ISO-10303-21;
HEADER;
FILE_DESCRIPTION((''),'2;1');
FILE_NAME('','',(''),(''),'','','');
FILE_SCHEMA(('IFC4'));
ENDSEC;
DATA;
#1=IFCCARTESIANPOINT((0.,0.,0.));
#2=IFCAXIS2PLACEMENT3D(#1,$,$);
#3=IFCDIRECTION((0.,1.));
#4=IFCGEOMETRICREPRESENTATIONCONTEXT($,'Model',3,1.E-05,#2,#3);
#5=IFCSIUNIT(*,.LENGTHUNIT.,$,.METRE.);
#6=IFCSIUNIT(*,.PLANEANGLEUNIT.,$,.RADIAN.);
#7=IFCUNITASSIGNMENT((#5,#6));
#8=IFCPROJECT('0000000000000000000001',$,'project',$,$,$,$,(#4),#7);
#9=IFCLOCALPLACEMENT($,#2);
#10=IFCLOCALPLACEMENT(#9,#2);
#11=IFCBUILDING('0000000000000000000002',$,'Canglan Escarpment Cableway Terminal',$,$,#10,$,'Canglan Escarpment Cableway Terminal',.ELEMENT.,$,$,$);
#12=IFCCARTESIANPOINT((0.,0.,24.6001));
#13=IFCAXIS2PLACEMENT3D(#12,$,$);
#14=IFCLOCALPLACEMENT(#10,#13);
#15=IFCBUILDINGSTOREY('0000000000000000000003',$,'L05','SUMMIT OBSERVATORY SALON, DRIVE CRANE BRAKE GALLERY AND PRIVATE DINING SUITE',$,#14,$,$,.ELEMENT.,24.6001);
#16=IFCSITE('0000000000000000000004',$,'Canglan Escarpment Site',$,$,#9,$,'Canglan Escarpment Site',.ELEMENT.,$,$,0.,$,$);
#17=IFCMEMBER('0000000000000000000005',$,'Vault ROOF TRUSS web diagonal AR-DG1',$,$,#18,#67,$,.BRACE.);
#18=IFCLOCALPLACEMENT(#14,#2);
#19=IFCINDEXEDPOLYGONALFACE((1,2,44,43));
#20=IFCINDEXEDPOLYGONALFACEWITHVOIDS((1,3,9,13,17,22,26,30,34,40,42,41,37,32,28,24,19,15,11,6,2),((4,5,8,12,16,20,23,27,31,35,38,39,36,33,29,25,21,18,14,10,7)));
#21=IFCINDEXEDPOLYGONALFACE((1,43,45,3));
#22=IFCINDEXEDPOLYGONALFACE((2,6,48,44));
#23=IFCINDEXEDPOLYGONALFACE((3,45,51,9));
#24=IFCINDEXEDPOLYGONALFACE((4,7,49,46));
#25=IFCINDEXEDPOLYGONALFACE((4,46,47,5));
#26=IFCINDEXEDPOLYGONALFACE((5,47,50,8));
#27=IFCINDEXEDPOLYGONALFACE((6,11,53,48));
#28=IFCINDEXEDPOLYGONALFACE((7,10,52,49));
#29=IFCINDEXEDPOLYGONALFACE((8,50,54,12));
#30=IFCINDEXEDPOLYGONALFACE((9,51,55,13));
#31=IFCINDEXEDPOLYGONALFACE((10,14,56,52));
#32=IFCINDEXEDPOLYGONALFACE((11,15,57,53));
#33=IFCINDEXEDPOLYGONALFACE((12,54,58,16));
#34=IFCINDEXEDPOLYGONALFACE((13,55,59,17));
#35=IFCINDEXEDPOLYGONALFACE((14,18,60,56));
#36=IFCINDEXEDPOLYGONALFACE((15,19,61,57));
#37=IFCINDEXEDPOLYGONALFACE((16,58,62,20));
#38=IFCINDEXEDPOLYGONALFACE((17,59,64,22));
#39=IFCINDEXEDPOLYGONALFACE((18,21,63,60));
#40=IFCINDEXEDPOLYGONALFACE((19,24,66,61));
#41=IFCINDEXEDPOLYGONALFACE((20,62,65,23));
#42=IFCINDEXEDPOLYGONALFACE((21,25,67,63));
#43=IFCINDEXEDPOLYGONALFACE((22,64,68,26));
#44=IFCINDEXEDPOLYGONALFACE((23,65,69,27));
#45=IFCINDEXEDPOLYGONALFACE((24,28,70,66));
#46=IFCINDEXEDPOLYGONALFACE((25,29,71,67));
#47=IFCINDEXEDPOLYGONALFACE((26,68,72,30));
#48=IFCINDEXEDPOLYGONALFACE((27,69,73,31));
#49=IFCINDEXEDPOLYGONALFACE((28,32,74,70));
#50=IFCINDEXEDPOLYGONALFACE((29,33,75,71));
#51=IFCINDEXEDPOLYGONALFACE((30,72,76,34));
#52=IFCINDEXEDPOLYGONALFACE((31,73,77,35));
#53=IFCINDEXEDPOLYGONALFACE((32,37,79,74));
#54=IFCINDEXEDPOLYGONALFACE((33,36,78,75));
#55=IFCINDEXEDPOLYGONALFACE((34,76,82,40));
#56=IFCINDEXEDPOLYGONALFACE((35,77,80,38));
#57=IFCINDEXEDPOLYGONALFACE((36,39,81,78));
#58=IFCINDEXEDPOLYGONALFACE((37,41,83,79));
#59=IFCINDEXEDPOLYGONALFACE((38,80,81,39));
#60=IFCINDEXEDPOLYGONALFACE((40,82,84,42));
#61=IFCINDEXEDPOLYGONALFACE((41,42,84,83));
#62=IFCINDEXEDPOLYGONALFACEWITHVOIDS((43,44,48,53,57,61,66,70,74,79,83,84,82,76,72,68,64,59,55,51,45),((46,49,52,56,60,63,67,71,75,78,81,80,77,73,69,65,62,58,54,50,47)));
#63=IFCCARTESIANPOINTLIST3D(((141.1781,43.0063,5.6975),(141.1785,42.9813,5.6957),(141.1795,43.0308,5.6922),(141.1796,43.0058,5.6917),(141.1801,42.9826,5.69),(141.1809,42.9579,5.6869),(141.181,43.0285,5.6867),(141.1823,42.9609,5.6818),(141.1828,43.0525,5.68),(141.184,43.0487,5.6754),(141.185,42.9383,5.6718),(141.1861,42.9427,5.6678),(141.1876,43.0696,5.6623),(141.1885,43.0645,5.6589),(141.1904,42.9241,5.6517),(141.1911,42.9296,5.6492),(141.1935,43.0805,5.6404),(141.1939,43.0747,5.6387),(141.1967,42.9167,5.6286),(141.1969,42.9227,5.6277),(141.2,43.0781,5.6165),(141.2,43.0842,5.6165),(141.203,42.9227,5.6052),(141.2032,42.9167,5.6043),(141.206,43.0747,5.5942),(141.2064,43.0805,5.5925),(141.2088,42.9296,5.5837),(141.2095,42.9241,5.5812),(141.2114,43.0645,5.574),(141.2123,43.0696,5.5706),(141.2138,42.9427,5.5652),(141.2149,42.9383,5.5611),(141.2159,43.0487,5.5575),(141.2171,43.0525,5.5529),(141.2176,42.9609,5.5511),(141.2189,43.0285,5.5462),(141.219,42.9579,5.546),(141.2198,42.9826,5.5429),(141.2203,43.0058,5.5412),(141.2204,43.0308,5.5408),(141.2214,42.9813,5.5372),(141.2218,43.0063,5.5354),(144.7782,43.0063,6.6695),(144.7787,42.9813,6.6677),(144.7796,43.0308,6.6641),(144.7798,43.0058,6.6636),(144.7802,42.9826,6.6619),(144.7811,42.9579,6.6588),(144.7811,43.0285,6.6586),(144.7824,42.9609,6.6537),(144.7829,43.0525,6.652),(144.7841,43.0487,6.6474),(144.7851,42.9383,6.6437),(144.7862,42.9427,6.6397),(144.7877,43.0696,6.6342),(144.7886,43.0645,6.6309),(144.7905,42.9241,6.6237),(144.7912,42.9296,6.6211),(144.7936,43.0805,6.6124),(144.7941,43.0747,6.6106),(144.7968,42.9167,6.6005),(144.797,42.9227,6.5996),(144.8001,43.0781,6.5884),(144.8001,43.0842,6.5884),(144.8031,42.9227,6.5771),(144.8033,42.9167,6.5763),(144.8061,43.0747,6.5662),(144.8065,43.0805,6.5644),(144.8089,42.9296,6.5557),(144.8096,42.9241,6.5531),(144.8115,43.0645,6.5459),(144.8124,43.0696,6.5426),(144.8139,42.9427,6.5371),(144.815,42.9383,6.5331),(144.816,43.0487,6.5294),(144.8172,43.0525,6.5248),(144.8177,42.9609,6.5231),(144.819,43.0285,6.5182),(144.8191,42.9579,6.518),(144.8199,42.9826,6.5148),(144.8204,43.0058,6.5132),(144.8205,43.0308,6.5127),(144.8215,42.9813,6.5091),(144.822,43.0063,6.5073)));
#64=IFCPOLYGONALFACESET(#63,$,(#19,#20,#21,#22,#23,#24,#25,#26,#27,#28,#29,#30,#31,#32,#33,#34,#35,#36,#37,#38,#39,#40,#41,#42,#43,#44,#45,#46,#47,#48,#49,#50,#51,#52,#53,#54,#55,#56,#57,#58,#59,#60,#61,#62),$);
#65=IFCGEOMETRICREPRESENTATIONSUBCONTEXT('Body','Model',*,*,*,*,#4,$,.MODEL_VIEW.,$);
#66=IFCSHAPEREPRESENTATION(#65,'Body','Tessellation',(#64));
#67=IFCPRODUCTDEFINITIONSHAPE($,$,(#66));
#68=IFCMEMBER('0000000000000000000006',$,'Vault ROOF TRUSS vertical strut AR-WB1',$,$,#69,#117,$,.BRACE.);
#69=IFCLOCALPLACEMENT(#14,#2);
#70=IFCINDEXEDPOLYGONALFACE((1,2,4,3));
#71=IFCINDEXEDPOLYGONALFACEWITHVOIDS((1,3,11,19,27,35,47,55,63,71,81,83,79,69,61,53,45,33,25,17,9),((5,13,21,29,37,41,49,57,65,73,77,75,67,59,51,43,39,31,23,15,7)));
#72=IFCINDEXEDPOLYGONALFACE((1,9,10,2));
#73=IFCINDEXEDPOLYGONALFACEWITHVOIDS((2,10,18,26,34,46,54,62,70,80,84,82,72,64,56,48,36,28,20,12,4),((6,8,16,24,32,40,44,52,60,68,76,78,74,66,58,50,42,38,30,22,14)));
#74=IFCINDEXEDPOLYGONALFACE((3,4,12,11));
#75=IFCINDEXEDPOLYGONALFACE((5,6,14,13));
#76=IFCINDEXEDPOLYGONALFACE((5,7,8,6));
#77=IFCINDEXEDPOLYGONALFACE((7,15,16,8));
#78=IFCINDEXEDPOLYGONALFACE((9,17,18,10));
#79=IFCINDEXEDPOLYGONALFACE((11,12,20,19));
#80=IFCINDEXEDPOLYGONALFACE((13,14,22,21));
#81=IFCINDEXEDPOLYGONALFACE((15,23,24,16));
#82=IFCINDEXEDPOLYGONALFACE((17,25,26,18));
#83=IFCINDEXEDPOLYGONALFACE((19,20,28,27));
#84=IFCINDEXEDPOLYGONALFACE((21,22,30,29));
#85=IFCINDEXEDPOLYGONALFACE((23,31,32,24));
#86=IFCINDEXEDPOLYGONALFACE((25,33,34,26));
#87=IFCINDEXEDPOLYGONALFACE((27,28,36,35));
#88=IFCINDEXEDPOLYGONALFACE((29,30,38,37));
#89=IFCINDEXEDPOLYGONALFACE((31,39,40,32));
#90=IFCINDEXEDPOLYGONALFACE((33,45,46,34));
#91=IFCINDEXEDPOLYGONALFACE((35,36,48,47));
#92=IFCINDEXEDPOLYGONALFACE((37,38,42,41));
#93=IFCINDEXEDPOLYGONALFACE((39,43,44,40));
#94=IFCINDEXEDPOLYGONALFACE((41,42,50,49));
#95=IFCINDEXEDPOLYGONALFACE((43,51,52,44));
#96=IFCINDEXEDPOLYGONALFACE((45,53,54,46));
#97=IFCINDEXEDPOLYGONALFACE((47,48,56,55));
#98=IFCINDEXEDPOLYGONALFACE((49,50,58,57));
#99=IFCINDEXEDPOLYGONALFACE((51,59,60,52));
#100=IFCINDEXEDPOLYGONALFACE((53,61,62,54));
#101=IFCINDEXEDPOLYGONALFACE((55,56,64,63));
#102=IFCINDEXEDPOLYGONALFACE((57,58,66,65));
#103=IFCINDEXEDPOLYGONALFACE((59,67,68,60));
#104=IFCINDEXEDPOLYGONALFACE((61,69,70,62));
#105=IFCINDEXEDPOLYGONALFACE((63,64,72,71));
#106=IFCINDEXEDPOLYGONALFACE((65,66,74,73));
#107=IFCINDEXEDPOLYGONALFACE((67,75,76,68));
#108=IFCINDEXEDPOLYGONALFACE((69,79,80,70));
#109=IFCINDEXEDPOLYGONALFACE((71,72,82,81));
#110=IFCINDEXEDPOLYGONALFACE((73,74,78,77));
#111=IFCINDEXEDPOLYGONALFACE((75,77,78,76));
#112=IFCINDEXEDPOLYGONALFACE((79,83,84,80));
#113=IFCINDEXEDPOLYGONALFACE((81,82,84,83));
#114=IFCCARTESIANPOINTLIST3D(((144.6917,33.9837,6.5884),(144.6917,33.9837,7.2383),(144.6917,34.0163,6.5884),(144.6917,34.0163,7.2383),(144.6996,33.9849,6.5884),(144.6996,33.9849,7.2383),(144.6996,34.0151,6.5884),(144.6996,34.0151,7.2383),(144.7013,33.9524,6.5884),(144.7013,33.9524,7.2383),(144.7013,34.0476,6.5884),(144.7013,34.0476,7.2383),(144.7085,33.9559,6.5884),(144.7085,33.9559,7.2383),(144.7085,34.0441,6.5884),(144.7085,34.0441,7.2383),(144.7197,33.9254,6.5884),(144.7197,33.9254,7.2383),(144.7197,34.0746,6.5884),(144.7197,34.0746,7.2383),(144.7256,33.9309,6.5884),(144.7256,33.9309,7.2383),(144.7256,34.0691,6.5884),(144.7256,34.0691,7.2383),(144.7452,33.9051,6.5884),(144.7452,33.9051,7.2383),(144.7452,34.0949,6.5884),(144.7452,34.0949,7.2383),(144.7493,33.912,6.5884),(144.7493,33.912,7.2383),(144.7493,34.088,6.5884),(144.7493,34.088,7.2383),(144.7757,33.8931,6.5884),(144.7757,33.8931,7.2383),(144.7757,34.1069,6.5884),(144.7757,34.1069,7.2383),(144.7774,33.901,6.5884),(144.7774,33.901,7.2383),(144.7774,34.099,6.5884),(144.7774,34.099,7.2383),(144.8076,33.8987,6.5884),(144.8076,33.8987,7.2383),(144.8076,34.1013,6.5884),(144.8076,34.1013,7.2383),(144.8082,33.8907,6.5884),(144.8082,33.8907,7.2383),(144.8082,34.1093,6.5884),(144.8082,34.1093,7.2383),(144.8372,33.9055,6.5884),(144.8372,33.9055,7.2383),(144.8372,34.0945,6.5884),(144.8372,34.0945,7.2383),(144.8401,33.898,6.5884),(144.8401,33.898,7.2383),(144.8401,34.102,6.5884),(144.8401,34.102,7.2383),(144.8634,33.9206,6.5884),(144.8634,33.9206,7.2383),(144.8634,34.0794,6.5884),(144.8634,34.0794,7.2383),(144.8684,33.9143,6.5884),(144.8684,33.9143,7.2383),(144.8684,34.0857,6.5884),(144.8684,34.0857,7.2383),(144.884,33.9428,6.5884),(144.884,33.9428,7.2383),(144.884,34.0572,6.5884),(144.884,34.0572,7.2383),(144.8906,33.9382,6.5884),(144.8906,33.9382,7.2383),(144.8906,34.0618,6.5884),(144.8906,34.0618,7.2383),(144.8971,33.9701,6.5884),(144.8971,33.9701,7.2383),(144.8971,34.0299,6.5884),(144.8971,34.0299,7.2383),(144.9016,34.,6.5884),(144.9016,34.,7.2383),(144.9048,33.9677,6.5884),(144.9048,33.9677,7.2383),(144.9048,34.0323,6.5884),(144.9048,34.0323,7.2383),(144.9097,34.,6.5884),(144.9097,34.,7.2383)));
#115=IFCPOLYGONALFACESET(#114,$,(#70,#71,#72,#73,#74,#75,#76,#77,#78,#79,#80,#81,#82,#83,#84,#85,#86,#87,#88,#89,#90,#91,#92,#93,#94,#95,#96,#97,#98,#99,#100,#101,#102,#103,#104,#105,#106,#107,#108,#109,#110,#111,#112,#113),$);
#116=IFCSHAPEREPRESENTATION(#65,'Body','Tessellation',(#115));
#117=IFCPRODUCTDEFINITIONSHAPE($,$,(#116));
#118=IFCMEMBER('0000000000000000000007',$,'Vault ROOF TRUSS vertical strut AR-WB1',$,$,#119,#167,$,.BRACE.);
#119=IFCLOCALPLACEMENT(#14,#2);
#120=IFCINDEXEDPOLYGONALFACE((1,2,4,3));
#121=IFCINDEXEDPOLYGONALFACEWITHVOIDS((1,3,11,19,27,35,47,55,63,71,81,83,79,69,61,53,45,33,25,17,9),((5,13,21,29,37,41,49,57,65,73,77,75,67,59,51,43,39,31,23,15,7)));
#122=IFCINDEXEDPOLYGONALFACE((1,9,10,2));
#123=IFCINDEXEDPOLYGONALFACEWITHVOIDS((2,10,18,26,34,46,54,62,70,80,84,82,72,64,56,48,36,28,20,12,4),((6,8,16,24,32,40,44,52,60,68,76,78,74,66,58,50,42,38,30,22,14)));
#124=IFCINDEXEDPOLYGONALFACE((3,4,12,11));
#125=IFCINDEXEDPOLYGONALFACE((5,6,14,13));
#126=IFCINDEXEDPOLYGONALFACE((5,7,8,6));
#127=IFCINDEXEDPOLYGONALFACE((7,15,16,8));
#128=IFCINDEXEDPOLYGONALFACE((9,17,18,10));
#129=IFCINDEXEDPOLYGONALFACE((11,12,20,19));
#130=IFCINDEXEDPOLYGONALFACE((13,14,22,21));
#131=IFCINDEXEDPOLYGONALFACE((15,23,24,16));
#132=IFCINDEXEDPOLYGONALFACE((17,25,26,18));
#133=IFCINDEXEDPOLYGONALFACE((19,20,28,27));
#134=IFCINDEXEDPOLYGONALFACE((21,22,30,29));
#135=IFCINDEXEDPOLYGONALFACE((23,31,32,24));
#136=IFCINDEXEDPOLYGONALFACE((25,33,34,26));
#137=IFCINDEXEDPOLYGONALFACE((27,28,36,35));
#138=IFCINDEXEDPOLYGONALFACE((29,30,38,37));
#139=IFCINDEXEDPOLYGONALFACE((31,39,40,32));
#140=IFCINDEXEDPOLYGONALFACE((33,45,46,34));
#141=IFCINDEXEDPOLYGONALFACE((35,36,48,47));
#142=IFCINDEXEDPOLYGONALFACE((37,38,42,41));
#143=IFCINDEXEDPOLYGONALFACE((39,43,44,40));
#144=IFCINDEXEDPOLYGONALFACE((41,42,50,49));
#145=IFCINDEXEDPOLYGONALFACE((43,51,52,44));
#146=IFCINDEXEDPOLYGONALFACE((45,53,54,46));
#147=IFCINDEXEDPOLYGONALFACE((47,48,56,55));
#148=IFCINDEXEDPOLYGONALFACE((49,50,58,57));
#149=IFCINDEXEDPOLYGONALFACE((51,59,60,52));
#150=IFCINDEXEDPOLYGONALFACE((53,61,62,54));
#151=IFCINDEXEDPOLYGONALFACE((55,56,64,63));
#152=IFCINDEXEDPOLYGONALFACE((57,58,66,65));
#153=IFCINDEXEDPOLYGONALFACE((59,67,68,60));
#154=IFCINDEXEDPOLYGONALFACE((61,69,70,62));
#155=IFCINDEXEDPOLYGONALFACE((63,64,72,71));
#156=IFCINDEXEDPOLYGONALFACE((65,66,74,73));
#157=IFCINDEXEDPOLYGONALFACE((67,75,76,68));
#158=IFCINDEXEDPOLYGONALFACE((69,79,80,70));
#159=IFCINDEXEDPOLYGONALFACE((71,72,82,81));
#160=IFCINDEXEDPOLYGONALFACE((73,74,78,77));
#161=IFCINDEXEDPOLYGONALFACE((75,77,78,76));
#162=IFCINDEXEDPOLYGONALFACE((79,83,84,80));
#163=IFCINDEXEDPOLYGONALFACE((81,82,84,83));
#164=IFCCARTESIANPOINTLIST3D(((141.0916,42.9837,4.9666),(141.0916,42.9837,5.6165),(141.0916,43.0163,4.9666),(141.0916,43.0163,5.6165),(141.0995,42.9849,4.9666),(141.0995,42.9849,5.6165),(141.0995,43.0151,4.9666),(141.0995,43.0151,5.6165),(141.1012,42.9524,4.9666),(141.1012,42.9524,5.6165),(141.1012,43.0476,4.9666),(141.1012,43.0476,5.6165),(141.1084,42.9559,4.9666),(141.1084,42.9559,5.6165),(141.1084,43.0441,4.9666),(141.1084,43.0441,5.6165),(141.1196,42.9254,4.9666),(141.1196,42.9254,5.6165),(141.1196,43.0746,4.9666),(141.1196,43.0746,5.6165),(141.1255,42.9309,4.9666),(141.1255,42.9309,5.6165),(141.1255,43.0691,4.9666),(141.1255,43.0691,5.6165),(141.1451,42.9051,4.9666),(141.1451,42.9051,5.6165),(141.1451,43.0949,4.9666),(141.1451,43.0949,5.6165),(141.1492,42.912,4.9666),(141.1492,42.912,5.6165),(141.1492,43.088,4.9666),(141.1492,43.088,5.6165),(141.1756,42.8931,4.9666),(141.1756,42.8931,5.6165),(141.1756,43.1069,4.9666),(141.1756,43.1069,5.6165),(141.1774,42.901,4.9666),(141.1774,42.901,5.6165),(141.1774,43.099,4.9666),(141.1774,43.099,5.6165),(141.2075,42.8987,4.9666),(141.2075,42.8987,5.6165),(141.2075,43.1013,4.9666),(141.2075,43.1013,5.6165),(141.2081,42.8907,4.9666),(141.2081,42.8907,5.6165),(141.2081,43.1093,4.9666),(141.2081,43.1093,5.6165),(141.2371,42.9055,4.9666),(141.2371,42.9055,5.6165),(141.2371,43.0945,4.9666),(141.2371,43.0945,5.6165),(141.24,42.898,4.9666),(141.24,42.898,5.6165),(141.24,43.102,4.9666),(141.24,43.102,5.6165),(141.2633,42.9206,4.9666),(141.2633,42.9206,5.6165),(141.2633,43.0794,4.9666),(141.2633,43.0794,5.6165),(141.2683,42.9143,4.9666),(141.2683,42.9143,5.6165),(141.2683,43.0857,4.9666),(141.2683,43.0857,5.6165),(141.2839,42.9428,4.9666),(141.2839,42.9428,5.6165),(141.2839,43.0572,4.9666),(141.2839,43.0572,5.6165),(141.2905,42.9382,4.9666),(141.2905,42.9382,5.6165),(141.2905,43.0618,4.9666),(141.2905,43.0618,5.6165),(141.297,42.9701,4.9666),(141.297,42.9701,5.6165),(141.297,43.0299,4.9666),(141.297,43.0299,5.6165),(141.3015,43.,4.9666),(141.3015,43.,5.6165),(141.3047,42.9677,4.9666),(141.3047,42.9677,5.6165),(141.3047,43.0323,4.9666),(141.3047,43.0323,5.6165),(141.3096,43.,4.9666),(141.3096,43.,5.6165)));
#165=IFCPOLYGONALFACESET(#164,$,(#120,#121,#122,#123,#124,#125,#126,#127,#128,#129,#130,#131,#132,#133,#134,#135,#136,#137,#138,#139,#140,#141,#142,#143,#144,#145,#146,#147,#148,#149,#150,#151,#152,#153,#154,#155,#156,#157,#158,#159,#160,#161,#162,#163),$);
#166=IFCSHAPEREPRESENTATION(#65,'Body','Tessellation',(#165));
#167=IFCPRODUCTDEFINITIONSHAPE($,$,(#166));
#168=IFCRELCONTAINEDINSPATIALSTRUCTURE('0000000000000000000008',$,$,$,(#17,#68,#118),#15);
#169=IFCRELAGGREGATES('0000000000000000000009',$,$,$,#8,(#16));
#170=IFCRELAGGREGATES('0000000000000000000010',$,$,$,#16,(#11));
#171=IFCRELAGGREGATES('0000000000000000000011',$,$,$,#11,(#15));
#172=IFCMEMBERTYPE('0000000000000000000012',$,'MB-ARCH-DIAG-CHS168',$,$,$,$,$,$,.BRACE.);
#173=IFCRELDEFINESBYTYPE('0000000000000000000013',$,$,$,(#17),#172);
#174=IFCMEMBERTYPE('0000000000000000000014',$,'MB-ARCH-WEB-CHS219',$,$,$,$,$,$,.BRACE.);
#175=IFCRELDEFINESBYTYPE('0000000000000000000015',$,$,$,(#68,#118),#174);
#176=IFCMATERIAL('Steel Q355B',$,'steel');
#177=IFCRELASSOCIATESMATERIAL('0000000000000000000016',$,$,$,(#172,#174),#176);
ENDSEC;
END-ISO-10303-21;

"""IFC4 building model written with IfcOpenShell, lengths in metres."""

from ifc_helpers import new_model, si_unit, direction, frame, origin, origin_2d, place, context, subcontext, project, spatial, hollow_circle, extrude, material, material_profile, profile_set, type_object, element, save


model = new_model("IFC4")

# Units and contexts
model_context = context("Model", 3, precision=1e-05, world=origin(), true_north=direction((0.0, 1.0)))
body_context = subcontext(model_context, "Body", "Model", "MODEL_VIEW")
ifc_project = project(units=[si_unit("LENGTHUNIT", "METRE"), si_unit("PLANEANGLEUNIT", "RADIAN")], contexts=[model_context])

# Site, building, storey
site_placement = place(None, origin())
site = spatial("IfcSite", under=ifc_project, at=site_placement, Name="Canglan Escarpment Site", LongName="Canglan Escarpment Site", CompositionType="ELEMENT", RefElevation=0.0)
building_placement = place(site_placement, origin())
building = spatial("IfcBuilding", under=site, at=building_placement, Name="Canglan Escarpment Cableway Terminal", LongName="Canglan Escarpment Cableway Terminal", CompositionType="ELEMENT")
storey_placement = place(building_placement, frame((0.0, 0.0, 24.6001)))
storey = spatial("IfcBuildingStorey", under=building, at=storey_placement, Name="L05", Description="SUMMIT OBSERVATORY SALON, DRIVE CRANE BRAKE GALLERY AND PRIVATE DINING SUITE", CompositionType="ELEMENT", Elevation=24.6001)

# Shared definitions
ifc_material_1 = material(Name="Steel Q355B", Category="steel")

# Members
ifc_material_profile_1 = material_profile(ifc_material_1, hollow_circle(Radius=0.0842, WallThickness=0.0061, at=origin_2d()), Name="CHS 168.3x6")
ifc_profile_set_1 = profile_set([ifc_material_profile_1], Name="Steel Q355B")
member_type_1 = type_object("IfcMemberType", Name="MB-ARCH-DIAG-CHS168", PredefinedType="BRACE", material=ifc_profile_set_1)
member_1_placement = place(storey_placement, frame((141.2, 43.0, 5.6165), z_axis=(0.965436, 0.0, 0.26064), x_axis=(0.0, 1.0, 0.0)))
element("IfcMember", 1, at=member_1_placement, inside=storey, type_object=member_type_1, Name="Vault ROOF TRUSS web diagonal AR-DG1", PredefinedType="BRACE", context=body_context, shape_type="SweptSolid", body=[
    extrude(hollow_circle(Radius=0.0842, WallThickness=0.0061, at=origin_2d()), origin(), (0.0, 0.0, 1.0), 3.729),
])
ifc_material_profile_2 = material_profile(ifc_material_1, hollow_circle(Radius=0.1096, WallThickness=0.0081, at=origin_2d()), Name="CHS 219.1x8")
ifc_profile_set_2 = profile_set([ifc_material_profile_2], Name="Steel Q355B")
member_type_2 = type_object("IfcMemberType", Name="MB-ARCH-WEB-CHS219", PredefinedType="BRACE", material=ifc_profile_set_2)
for number, where, z_axis, x_axis, name in (
    (2, (144.8, 34.0, 6.5884), (0.0, 0.0, 1.0), (1.0, 0.0, 0.0), "Vault ROOF TRUSS vertical strut AR-WB1"),
    (3, (141.2, 43.0, 4.9666), (0.0, 0.0, 1.0), (1.0, 0.0, 0.0), "Vault ROOF TRUSS vertical strut AR-WB1"),
):
    element("IfcMember", number, at=place(storey_placement, frame(where, z_axis=z_axis, x_axis=x_axis)), inside=storey, type_object=member_type_2, Name=name, PredefinedType="BRACE", context=body_context, shape_type="SweptSolid", body=[
        extrude(hollow_circle(Radius=0.1096, WallThickness=0.0081, at=origin_2d()), origin(), (0.0, 0.0, 1.0), 0.6499),
    ])

save(model, "model.ifc")
